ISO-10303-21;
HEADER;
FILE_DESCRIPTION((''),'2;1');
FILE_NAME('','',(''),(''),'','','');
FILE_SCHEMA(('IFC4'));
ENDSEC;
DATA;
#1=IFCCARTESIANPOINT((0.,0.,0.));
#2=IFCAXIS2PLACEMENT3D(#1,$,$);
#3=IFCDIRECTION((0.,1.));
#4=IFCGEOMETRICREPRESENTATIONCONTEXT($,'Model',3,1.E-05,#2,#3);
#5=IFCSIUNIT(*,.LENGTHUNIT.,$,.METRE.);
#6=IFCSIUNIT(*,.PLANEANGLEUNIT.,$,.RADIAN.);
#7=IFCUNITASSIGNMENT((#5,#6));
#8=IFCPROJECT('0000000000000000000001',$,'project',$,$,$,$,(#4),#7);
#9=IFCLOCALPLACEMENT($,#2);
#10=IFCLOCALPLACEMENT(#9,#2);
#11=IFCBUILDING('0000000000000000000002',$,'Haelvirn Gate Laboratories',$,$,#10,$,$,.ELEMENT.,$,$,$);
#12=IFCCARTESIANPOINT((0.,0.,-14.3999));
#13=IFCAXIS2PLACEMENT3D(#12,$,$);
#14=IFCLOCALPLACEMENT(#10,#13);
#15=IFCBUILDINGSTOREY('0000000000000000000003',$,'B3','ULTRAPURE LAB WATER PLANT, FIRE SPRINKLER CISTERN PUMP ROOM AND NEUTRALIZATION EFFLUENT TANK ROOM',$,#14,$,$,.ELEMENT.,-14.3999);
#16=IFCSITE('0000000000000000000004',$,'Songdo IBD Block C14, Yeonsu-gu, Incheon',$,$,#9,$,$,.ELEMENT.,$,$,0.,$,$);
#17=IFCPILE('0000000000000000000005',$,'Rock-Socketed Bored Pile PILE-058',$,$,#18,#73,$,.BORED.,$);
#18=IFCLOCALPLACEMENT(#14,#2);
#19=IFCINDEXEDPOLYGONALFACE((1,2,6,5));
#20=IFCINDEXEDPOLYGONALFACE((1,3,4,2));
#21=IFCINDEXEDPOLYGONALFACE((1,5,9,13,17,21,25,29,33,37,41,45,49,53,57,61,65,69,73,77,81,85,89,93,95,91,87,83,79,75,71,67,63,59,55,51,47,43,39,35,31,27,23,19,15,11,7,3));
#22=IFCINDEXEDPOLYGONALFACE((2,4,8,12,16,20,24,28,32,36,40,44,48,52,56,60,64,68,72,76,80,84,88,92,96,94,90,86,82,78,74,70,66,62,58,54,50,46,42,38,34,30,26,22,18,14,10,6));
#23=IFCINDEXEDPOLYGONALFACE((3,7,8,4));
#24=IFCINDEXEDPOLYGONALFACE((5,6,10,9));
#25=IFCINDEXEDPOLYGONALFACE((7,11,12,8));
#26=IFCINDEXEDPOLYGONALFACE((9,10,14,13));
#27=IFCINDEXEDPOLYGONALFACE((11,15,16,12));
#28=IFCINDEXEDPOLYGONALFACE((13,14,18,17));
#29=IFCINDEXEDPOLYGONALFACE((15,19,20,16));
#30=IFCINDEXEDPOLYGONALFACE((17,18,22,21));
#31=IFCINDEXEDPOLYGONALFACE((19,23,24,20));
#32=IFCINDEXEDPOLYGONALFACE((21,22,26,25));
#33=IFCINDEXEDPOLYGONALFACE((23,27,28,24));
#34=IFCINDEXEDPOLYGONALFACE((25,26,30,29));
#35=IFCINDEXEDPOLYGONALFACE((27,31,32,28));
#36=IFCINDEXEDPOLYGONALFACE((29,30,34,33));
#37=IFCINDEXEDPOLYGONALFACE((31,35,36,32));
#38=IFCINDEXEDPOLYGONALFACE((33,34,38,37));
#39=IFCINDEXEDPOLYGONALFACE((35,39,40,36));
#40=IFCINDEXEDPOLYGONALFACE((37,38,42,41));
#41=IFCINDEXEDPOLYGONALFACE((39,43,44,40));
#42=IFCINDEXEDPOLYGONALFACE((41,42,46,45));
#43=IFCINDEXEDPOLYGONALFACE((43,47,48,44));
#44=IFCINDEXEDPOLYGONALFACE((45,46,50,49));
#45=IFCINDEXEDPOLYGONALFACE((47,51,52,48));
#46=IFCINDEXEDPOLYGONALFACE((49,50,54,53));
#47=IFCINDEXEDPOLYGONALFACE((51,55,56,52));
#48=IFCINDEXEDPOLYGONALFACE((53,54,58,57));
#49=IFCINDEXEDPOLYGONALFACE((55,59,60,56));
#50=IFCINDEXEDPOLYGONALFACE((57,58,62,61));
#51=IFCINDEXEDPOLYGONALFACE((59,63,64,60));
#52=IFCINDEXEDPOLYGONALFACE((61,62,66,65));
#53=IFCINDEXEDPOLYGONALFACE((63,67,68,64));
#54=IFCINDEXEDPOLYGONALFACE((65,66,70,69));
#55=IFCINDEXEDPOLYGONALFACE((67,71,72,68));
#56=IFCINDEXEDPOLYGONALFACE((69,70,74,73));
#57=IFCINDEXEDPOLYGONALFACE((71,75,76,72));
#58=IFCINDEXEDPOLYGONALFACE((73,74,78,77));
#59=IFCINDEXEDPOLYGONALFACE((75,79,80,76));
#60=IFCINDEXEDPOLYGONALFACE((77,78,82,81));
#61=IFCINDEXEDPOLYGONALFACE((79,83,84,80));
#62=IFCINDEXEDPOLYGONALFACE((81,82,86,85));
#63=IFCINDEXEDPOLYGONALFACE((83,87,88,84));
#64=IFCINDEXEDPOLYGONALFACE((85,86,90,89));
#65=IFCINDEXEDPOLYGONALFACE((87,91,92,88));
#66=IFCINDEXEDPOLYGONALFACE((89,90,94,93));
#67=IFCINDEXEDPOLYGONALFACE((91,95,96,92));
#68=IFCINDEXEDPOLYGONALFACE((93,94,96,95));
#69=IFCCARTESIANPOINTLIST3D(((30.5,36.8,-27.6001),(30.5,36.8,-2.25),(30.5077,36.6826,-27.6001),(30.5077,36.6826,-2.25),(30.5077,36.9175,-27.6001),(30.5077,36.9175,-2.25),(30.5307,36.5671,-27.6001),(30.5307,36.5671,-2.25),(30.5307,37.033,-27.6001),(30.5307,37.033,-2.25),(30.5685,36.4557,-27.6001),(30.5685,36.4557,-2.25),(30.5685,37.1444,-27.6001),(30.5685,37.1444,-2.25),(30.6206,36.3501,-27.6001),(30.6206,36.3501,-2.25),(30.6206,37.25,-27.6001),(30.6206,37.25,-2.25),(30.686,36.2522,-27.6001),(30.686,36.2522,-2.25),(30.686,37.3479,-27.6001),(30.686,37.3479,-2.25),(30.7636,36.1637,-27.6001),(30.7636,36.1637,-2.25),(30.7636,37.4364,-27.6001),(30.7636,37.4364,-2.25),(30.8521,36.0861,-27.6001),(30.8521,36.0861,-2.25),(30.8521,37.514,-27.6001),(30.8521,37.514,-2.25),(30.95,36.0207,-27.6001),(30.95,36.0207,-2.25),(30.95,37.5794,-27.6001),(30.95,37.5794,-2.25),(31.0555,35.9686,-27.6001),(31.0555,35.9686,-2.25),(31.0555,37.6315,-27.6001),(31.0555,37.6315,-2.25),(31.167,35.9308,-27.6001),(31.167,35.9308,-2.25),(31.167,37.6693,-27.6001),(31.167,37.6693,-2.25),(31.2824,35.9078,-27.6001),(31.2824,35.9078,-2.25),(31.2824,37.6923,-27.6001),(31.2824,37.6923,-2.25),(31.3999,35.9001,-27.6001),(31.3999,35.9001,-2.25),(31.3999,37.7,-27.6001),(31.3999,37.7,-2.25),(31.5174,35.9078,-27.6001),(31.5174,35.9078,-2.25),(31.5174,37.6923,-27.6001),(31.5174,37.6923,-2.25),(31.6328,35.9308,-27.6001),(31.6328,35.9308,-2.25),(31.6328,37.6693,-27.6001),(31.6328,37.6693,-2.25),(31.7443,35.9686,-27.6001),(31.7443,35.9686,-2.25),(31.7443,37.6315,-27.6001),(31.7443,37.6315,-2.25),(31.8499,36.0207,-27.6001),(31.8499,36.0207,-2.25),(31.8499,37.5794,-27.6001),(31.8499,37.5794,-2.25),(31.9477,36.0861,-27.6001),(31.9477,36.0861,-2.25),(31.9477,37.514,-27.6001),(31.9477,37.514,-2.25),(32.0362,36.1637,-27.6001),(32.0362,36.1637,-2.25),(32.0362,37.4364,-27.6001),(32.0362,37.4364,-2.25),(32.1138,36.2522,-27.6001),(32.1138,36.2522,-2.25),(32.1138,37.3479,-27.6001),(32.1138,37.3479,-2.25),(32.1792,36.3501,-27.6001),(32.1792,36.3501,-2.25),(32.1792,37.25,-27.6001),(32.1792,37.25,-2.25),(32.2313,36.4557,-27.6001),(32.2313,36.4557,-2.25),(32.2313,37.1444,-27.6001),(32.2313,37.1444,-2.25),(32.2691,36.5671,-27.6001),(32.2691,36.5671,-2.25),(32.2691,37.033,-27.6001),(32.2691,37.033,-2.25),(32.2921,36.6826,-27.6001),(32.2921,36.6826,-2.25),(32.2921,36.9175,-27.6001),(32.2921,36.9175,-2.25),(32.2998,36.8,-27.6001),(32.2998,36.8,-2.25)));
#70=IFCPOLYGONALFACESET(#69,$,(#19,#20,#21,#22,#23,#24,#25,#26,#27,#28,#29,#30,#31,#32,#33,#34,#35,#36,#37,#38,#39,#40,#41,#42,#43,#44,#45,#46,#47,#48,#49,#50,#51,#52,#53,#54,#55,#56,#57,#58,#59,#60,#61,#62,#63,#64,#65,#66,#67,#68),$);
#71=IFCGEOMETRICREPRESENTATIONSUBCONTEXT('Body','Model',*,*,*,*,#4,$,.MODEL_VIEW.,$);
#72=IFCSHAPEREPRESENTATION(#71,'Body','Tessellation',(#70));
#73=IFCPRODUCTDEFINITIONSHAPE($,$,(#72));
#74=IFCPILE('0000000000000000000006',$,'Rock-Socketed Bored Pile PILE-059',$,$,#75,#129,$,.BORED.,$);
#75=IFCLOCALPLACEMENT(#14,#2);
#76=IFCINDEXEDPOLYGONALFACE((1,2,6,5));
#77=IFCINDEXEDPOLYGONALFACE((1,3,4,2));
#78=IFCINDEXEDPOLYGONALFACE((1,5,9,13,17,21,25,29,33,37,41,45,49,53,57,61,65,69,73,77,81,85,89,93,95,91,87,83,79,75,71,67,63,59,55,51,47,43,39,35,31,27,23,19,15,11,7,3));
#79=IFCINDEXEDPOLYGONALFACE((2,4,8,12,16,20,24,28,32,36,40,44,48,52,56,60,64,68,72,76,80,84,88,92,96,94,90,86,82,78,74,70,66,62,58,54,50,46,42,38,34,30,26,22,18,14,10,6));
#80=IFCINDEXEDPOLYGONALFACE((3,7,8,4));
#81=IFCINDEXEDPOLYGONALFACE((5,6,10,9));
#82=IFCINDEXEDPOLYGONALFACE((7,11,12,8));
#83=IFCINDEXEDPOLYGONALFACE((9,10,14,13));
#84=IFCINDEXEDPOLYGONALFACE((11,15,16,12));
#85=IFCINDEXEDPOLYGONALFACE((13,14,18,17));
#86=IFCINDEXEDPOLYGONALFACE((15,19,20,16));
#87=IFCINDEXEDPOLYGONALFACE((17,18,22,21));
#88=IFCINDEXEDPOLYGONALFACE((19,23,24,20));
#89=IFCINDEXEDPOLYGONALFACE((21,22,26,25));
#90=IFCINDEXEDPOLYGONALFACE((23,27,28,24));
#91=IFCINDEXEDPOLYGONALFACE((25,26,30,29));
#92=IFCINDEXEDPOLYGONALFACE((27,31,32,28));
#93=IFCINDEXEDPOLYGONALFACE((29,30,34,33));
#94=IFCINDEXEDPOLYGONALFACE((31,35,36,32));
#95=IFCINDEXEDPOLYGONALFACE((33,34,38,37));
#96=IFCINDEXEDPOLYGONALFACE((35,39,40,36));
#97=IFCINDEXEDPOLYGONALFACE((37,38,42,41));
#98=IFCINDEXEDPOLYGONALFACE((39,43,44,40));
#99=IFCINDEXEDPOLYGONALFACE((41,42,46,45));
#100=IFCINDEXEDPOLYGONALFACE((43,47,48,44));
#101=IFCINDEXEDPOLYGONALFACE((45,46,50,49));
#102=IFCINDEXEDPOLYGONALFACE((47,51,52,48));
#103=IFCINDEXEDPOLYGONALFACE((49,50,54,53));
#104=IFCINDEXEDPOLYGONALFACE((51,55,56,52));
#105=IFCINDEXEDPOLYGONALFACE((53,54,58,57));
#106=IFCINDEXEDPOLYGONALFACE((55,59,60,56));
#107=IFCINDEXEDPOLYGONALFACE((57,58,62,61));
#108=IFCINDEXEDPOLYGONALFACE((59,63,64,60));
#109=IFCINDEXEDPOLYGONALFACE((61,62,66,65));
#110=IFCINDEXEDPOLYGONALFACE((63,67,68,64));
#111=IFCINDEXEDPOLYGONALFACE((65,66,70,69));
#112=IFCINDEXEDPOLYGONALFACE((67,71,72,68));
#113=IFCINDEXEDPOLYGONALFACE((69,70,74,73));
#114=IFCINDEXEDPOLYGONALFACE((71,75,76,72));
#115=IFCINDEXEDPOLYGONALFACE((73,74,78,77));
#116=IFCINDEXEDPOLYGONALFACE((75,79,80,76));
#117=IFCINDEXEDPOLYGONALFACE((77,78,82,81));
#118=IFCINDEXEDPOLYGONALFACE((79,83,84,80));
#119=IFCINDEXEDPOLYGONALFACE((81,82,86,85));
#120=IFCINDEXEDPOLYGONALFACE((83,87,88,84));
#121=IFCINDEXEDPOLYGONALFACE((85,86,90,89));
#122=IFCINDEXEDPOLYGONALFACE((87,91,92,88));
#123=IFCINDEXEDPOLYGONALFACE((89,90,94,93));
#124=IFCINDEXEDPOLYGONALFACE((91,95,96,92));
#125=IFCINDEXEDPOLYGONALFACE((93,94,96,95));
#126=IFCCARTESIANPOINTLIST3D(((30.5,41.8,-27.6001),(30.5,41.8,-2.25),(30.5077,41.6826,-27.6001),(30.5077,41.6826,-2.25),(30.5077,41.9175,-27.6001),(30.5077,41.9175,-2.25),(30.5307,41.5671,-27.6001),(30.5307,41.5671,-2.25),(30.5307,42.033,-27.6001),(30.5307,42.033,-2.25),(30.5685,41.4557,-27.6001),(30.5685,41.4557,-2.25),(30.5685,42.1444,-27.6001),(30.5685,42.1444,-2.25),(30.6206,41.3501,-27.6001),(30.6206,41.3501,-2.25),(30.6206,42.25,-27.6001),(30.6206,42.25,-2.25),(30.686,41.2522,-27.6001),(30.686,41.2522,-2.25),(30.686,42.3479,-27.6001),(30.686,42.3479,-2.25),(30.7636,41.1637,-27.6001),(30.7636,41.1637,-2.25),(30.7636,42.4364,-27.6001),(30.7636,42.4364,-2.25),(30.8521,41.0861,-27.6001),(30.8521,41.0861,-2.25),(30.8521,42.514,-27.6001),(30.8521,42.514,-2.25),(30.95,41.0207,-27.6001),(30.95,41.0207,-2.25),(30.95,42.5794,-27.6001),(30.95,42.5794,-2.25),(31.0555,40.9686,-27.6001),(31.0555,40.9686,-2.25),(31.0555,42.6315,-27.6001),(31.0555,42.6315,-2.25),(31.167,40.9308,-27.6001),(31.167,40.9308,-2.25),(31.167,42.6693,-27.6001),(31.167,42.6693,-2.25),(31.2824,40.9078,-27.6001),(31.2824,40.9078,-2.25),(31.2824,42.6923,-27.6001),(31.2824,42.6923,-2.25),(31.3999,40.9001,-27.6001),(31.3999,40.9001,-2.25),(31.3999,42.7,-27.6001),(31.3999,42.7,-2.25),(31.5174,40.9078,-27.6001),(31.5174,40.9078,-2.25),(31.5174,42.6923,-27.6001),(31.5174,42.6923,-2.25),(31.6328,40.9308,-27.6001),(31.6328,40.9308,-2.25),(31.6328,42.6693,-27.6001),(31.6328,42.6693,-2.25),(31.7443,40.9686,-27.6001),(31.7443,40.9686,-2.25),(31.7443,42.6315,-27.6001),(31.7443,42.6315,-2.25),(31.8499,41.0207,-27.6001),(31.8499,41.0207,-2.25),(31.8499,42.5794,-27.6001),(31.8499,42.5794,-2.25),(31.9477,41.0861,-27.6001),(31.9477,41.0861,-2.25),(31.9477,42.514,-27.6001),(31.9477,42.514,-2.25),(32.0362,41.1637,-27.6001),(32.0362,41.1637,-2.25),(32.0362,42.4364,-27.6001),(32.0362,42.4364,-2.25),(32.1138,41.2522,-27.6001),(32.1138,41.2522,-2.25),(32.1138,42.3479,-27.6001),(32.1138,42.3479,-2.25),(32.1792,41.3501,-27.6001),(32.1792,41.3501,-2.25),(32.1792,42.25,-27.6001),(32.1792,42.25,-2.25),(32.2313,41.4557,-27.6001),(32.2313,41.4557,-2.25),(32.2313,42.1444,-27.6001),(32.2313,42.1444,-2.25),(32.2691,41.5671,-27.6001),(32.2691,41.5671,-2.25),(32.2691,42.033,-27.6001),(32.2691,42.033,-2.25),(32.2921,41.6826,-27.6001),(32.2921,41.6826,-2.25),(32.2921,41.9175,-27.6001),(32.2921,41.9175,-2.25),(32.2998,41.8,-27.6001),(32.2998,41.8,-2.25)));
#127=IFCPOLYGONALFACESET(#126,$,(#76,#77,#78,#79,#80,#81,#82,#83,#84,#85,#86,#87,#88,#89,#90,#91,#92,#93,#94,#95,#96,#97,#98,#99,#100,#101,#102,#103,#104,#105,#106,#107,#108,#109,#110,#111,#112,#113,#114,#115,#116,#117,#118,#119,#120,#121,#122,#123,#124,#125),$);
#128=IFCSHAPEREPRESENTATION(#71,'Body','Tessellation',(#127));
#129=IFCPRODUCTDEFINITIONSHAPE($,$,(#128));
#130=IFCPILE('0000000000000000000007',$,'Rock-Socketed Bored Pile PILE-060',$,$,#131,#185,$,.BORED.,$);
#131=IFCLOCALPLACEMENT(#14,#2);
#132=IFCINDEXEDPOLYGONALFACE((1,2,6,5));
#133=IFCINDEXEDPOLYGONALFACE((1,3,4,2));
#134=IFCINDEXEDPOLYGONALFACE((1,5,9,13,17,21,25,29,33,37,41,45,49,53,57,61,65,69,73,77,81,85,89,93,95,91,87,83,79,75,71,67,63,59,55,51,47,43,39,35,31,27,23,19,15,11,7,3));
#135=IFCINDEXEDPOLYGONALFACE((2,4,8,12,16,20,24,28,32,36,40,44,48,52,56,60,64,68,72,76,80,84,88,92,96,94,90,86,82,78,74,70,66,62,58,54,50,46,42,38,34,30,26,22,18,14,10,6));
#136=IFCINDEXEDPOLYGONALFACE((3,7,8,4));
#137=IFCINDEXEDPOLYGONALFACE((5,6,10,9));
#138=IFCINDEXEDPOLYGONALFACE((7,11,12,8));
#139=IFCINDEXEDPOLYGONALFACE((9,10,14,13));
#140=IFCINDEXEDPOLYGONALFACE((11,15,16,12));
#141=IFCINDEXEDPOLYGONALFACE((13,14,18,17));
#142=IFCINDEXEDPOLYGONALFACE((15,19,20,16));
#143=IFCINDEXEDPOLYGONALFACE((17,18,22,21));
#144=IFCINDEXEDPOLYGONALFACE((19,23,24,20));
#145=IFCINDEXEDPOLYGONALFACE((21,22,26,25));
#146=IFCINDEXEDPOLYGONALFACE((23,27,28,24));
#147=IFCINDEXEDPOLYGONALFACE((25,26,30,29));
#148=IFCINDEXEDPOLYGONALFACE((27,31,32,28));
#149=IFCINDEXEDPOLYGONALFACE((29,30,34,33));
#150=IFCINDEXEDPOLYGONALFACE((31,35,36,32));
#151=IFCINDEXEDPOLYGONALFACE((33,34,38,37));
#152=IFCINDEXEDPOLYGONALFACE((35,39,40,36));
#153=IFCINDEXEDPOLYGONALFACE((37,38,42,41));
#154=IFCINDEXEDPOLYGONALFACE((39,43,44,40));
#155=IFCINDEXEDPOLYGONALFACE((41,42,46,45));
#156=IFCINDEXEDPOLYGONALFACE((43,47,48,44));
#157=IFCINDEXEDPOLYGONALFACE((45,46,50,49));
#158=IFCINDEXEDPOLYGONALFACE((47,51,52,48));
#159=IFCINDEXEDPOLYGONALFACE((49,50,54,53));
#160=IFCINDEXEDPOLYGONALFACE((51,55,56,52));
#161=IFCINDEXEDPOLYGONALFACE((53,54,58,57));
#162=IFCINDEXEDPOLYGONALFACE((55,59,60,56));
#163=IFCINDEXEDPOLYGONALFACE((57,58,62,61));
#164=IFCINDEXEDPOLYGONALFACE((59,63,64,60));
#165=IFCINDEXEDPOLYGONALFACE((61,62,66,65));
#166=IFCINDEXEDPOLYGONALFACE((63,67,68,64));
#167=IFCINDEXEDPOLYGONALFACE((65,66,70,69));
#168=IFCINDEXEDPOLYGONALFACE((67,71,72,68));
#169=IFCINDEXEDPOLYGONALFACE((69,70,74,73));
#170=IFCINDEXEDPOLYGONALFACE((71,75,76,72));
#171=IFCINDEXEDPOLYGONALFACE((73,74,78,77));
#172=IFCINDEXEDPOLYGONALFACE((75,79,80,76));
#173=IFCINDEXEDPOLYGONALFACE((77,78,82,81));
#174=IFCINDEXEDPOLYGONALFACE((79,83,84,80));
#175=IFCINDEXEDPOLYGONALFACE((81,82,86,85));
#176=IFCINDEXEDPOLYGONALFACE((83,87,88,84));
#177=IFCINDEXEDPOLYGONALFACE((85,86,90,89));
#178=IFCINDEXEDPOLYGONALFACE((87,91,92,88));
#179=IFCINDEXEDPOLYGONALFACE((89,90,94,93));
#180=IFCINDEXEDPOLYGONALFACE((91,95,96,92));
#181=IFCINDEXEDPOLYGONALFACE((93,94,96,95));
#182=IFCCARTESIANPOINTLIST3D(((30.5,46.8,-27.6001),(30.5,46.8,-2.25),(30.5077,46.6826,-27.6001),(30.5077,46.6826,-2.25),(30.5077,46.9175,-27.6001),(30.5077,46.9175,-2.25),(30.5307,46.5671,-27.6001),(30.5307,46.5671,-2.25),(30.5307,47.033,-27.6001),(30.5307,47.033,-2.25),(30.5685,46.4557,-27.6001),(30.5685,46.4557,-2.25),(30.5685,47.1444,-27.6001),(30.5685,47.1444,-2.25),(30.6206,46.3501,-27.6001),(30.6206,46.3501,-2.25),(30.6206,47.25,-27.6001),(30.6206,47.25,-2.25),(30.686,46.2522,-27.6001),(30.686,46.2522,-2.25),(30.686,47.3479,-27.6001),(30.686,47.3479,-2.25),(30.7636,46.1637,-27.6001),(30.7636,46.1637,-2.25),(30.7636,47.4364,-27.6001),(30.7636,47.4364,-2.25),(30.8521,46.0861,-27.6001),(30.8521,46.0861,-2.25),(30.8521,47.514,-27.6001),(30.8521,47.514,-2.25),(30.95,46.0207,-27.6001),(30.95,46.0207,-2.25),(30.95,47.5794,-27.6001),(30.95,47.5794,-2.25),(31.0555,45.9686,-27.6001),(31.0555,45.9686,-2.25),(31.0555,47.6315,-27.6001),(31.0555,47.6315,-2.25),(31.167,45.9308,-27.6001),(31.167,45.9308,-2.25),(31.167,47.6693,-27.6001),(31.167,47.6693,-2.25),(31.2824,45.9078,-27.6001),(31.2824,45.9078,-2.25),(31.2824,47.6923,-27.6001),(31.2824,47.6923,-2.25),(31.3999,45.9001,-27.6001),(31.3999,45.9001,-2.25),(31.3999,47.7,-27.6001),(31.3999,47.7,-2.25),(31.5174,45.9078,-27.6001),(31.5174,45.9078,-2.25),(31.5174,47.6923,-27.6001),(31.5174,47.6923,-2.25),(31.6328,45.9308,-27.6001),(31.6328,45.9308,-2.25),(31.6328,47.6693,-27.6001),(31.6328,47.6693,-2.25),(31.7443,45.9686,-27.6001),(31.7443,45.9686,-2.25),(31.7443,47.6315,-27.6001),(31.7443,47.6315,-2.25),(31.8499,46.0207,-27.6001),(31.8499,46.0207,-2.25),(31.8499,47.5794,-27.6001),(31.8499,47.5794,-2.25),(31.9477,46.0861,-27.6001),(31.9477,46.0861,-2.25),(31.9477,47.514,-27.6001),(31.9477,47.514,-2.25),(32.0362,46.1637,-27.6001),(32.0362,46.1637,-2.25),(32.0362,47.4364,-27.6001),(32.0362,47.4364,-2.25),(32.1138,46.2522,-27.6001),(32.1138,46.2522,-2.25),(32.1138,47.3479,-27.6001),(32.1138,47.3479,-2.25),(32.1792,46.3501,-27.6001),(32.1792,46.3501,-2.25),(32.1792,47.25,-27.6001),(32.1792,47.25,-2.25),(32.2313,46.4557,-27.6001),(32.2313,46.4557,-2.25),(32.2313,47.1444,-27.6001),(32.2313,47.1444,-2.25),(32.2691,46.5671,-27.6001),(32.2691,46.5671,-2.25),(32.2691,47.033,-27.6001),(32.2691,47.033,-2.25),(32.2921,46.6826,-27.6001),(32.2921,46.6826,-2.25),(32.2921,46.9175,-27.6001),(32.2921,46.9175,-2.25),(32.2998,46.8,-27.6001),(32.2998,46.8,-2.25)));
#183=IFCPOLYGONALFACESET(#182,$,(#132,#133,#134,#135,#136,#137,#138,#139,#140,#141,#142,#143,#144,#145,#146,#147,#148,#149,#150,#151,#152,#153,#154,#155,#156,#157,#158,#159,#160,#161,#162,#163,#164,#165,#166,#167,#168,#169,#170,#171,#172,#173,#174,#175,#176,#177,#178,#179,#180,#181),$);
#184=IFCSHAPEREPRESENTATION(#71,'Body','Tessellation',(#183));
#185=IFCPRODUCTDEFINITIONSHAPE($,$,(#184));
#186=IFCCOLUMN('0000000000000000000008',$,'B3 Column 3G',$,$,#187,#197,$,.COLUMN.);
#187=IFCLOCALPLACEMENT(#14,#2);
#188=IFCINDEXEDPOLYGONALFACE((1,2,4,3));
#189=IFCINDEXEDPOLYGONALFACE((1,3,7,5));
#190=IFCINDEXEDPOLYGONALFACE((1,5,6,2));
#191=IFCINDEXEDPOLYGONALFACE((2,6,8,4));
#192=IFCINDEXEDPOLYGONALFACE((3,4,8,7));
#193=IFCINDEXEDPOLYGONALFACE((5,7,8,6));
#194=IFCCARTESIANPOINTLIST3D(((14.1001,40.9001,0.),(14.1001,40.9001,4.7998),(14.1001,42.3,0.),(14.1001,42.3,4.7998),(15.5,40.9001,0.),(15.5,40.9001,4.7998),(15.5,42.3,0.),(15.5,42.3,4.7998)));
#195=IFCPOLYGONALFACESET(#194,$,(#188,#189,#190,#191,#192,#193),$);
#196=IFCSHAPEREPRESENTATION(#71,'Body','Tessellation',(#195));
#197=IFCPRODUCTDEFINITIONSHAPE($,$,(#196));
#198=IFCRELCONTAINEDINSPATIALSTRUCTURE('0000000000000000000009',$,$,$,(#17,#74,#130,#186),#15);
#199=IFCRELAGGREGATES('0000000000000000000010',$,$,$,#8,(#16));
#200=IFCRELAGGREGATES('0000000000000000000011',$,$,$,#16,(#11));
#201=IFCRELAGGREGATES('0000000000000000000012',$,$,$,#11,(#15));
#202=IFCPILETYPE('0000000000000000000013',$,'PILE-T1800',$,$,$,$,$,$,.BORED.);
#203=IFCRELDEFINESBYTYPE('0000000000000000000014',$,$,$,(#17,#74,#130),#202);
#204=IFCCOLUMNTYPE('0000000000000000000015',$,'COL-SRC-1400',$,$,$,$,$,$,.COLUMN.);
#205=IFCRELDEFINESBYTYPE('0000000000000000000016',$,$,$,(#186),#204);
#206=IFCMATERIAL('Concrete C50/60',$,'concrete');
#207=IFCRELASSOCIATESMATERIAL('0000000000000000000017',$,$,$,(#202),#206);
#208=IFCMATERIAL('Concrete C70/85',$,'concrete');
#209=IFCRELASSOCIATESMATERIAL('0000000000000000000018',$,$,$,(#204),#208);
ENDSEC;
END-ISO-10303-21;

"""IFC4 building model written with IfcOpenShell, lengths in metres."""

from ifc_helpers import new_model, si_unit, direction, frame, origin, origin_2d, place, context, subcontext, project, spatial, rectangle, circle, extrude, source, transform, mapped, material, material_profile, profile_set, type_object, type_shapes, element, save


model = new_model("IFC4")

# Units and contexts
model_context = context("Model", 3, precision=1e-05, world=origin(), true_north=direction((0.0, 1.0)))
body_context = subcontext(model_context, "Body", "Model", "MODEL_VIEW")
ifc_project = project(units=[si_unit("LENGTHUNIT", "METRE"), si_unit("PLANEANGLEUNIT", "RADIAN")], contexts=[model_context])

# Site, building, storey
site_placement = place(None, origin())
site = spatial("IfcSite", under=ifc_project, at=site_placement, Name="Songdo IBD Block C14, Yeonsu-gu, Incheon", CompositionType="ELEMENT", RefElevation=0.0)
building_placement = place(site_placement, origin())
building = spatial("IfcBuilding", under=site, at=building_placement, Name="Haelvirn Gate Laboratories", CompositionType="ELEMENT")
storey_placement = place(building_placement, frame((0.0, 0.0, -14.3999)))
storey = spatial("IfcBuildingStorey", under=building, at=storey_placement, Name="B3", Description="ULTRAPURE LAB WATER PLANT, FIRE SPRINKLER CISTERN PUMP ROOM AND NEUTRALIZATION EFFLUENT TANK ROOM", CompositionType="ELEMENT", Elevation=-14.3999)

# Piles
ifc_material_1 = material(Name="Concrete C50/60", Category="concrete")
ifc_material_profile_1 = material_profile(ifc_material_1, circle(Radius=0.8999, at=origin_2d()), Name="PILE-D1800")
ifc_profile_set_1 = profile_set([ifc_material_profile_1], Name="Concrete C50/60")
pile_type = type_object("IfcPileType", Name="PILE-T1800", PredefinedType="BORED", material=ifc_profile_set_1)
shared_shape_1 = source(origin(), body_context, "Body", "SweptSolid", [
    extrude(circle(Radius=0.8999, at=origin_2d()), origin(), (0.0, 0.0, 1.0), 25.3501),
])
for number, where, z_axis, x_axis, name in (
    (1, (31.3999, 36.8, -2.25), (0.0, 0.0, -1.0), (1.0, 0.0, 0.0), "Rock-Socketed Bored Pile PILE-058"),
    (2, (31.3999, 41.8, -2.25), (0.0, 0.0, -1.0), (1.0, 0.0, 0.0), "Rock-Socketed Bored Pile PILE-059"),
    (3, (31.3999, 46.8, -2.25), (0.0, 0.0, -1.0), (1.0, 0.0, 0.0), "Rock-Socketed Bored Pile PILE-060"),
):
    element("IfcPile", number, at=place(storey_placement, frame(where, z_axis=z_axis, x_axis=x_axis)), inside=storey, type_object=pile_type, Name=name, PredefinedType="BORED", context=body_context, shape_type="MappedRepresentation", body=[
        mapped(shared_shape_1, transform((0.0, 0.0, 0.0), scale=1.0)),
    ])

# Column
ifc_material_2 = material(Name="Concrete C70/85", Category="concrete")
ifc_material_profile_2 = material_profile(ifc_material_2, rectangle(XDim=1.3999, YDim=1.3999, at=origin_2d()), Name="SRC-1400x1400")
ifc_profile_set_2 = profile_set([ifc_material_profile_2], Name="Concrete C70/85")
column_type_1 = type_object("IfcColumnType", Name="COL-SRC-1400", PredefinedType="COLUMN", material=ifc_profile_set_2)
shared_shape_2 = source(origin(), body_context, "Body", "SweptSolid", [
    extrude(rectangle(XDim=1.3999, YDim=1.3999, at=origin_2d()), origin(), (0.0, 0.0, 1.0), 4.7998),
])
type_shapes(column_type_1, [shared_shape_2])
column_placement = place(storey_placement, frame((14.8, 41.6001, 0.0), z_axis=(0.0, 0.0, 1.0), x_axis=(1.0, 0.0, 0.0)))
element("IfcColumn", 4, at=column_placement, inside=storey, type_object=column_type_1, Name="B3 Column 3G", PredefinedType="COLUMN", context=body_context, shape_type="MappedRepresentation", body=[
    mapped(shared_shape_2, transform((0.0, 0.0, 0.0), scale=1.0)),
])

save(model, "model.ifc")
